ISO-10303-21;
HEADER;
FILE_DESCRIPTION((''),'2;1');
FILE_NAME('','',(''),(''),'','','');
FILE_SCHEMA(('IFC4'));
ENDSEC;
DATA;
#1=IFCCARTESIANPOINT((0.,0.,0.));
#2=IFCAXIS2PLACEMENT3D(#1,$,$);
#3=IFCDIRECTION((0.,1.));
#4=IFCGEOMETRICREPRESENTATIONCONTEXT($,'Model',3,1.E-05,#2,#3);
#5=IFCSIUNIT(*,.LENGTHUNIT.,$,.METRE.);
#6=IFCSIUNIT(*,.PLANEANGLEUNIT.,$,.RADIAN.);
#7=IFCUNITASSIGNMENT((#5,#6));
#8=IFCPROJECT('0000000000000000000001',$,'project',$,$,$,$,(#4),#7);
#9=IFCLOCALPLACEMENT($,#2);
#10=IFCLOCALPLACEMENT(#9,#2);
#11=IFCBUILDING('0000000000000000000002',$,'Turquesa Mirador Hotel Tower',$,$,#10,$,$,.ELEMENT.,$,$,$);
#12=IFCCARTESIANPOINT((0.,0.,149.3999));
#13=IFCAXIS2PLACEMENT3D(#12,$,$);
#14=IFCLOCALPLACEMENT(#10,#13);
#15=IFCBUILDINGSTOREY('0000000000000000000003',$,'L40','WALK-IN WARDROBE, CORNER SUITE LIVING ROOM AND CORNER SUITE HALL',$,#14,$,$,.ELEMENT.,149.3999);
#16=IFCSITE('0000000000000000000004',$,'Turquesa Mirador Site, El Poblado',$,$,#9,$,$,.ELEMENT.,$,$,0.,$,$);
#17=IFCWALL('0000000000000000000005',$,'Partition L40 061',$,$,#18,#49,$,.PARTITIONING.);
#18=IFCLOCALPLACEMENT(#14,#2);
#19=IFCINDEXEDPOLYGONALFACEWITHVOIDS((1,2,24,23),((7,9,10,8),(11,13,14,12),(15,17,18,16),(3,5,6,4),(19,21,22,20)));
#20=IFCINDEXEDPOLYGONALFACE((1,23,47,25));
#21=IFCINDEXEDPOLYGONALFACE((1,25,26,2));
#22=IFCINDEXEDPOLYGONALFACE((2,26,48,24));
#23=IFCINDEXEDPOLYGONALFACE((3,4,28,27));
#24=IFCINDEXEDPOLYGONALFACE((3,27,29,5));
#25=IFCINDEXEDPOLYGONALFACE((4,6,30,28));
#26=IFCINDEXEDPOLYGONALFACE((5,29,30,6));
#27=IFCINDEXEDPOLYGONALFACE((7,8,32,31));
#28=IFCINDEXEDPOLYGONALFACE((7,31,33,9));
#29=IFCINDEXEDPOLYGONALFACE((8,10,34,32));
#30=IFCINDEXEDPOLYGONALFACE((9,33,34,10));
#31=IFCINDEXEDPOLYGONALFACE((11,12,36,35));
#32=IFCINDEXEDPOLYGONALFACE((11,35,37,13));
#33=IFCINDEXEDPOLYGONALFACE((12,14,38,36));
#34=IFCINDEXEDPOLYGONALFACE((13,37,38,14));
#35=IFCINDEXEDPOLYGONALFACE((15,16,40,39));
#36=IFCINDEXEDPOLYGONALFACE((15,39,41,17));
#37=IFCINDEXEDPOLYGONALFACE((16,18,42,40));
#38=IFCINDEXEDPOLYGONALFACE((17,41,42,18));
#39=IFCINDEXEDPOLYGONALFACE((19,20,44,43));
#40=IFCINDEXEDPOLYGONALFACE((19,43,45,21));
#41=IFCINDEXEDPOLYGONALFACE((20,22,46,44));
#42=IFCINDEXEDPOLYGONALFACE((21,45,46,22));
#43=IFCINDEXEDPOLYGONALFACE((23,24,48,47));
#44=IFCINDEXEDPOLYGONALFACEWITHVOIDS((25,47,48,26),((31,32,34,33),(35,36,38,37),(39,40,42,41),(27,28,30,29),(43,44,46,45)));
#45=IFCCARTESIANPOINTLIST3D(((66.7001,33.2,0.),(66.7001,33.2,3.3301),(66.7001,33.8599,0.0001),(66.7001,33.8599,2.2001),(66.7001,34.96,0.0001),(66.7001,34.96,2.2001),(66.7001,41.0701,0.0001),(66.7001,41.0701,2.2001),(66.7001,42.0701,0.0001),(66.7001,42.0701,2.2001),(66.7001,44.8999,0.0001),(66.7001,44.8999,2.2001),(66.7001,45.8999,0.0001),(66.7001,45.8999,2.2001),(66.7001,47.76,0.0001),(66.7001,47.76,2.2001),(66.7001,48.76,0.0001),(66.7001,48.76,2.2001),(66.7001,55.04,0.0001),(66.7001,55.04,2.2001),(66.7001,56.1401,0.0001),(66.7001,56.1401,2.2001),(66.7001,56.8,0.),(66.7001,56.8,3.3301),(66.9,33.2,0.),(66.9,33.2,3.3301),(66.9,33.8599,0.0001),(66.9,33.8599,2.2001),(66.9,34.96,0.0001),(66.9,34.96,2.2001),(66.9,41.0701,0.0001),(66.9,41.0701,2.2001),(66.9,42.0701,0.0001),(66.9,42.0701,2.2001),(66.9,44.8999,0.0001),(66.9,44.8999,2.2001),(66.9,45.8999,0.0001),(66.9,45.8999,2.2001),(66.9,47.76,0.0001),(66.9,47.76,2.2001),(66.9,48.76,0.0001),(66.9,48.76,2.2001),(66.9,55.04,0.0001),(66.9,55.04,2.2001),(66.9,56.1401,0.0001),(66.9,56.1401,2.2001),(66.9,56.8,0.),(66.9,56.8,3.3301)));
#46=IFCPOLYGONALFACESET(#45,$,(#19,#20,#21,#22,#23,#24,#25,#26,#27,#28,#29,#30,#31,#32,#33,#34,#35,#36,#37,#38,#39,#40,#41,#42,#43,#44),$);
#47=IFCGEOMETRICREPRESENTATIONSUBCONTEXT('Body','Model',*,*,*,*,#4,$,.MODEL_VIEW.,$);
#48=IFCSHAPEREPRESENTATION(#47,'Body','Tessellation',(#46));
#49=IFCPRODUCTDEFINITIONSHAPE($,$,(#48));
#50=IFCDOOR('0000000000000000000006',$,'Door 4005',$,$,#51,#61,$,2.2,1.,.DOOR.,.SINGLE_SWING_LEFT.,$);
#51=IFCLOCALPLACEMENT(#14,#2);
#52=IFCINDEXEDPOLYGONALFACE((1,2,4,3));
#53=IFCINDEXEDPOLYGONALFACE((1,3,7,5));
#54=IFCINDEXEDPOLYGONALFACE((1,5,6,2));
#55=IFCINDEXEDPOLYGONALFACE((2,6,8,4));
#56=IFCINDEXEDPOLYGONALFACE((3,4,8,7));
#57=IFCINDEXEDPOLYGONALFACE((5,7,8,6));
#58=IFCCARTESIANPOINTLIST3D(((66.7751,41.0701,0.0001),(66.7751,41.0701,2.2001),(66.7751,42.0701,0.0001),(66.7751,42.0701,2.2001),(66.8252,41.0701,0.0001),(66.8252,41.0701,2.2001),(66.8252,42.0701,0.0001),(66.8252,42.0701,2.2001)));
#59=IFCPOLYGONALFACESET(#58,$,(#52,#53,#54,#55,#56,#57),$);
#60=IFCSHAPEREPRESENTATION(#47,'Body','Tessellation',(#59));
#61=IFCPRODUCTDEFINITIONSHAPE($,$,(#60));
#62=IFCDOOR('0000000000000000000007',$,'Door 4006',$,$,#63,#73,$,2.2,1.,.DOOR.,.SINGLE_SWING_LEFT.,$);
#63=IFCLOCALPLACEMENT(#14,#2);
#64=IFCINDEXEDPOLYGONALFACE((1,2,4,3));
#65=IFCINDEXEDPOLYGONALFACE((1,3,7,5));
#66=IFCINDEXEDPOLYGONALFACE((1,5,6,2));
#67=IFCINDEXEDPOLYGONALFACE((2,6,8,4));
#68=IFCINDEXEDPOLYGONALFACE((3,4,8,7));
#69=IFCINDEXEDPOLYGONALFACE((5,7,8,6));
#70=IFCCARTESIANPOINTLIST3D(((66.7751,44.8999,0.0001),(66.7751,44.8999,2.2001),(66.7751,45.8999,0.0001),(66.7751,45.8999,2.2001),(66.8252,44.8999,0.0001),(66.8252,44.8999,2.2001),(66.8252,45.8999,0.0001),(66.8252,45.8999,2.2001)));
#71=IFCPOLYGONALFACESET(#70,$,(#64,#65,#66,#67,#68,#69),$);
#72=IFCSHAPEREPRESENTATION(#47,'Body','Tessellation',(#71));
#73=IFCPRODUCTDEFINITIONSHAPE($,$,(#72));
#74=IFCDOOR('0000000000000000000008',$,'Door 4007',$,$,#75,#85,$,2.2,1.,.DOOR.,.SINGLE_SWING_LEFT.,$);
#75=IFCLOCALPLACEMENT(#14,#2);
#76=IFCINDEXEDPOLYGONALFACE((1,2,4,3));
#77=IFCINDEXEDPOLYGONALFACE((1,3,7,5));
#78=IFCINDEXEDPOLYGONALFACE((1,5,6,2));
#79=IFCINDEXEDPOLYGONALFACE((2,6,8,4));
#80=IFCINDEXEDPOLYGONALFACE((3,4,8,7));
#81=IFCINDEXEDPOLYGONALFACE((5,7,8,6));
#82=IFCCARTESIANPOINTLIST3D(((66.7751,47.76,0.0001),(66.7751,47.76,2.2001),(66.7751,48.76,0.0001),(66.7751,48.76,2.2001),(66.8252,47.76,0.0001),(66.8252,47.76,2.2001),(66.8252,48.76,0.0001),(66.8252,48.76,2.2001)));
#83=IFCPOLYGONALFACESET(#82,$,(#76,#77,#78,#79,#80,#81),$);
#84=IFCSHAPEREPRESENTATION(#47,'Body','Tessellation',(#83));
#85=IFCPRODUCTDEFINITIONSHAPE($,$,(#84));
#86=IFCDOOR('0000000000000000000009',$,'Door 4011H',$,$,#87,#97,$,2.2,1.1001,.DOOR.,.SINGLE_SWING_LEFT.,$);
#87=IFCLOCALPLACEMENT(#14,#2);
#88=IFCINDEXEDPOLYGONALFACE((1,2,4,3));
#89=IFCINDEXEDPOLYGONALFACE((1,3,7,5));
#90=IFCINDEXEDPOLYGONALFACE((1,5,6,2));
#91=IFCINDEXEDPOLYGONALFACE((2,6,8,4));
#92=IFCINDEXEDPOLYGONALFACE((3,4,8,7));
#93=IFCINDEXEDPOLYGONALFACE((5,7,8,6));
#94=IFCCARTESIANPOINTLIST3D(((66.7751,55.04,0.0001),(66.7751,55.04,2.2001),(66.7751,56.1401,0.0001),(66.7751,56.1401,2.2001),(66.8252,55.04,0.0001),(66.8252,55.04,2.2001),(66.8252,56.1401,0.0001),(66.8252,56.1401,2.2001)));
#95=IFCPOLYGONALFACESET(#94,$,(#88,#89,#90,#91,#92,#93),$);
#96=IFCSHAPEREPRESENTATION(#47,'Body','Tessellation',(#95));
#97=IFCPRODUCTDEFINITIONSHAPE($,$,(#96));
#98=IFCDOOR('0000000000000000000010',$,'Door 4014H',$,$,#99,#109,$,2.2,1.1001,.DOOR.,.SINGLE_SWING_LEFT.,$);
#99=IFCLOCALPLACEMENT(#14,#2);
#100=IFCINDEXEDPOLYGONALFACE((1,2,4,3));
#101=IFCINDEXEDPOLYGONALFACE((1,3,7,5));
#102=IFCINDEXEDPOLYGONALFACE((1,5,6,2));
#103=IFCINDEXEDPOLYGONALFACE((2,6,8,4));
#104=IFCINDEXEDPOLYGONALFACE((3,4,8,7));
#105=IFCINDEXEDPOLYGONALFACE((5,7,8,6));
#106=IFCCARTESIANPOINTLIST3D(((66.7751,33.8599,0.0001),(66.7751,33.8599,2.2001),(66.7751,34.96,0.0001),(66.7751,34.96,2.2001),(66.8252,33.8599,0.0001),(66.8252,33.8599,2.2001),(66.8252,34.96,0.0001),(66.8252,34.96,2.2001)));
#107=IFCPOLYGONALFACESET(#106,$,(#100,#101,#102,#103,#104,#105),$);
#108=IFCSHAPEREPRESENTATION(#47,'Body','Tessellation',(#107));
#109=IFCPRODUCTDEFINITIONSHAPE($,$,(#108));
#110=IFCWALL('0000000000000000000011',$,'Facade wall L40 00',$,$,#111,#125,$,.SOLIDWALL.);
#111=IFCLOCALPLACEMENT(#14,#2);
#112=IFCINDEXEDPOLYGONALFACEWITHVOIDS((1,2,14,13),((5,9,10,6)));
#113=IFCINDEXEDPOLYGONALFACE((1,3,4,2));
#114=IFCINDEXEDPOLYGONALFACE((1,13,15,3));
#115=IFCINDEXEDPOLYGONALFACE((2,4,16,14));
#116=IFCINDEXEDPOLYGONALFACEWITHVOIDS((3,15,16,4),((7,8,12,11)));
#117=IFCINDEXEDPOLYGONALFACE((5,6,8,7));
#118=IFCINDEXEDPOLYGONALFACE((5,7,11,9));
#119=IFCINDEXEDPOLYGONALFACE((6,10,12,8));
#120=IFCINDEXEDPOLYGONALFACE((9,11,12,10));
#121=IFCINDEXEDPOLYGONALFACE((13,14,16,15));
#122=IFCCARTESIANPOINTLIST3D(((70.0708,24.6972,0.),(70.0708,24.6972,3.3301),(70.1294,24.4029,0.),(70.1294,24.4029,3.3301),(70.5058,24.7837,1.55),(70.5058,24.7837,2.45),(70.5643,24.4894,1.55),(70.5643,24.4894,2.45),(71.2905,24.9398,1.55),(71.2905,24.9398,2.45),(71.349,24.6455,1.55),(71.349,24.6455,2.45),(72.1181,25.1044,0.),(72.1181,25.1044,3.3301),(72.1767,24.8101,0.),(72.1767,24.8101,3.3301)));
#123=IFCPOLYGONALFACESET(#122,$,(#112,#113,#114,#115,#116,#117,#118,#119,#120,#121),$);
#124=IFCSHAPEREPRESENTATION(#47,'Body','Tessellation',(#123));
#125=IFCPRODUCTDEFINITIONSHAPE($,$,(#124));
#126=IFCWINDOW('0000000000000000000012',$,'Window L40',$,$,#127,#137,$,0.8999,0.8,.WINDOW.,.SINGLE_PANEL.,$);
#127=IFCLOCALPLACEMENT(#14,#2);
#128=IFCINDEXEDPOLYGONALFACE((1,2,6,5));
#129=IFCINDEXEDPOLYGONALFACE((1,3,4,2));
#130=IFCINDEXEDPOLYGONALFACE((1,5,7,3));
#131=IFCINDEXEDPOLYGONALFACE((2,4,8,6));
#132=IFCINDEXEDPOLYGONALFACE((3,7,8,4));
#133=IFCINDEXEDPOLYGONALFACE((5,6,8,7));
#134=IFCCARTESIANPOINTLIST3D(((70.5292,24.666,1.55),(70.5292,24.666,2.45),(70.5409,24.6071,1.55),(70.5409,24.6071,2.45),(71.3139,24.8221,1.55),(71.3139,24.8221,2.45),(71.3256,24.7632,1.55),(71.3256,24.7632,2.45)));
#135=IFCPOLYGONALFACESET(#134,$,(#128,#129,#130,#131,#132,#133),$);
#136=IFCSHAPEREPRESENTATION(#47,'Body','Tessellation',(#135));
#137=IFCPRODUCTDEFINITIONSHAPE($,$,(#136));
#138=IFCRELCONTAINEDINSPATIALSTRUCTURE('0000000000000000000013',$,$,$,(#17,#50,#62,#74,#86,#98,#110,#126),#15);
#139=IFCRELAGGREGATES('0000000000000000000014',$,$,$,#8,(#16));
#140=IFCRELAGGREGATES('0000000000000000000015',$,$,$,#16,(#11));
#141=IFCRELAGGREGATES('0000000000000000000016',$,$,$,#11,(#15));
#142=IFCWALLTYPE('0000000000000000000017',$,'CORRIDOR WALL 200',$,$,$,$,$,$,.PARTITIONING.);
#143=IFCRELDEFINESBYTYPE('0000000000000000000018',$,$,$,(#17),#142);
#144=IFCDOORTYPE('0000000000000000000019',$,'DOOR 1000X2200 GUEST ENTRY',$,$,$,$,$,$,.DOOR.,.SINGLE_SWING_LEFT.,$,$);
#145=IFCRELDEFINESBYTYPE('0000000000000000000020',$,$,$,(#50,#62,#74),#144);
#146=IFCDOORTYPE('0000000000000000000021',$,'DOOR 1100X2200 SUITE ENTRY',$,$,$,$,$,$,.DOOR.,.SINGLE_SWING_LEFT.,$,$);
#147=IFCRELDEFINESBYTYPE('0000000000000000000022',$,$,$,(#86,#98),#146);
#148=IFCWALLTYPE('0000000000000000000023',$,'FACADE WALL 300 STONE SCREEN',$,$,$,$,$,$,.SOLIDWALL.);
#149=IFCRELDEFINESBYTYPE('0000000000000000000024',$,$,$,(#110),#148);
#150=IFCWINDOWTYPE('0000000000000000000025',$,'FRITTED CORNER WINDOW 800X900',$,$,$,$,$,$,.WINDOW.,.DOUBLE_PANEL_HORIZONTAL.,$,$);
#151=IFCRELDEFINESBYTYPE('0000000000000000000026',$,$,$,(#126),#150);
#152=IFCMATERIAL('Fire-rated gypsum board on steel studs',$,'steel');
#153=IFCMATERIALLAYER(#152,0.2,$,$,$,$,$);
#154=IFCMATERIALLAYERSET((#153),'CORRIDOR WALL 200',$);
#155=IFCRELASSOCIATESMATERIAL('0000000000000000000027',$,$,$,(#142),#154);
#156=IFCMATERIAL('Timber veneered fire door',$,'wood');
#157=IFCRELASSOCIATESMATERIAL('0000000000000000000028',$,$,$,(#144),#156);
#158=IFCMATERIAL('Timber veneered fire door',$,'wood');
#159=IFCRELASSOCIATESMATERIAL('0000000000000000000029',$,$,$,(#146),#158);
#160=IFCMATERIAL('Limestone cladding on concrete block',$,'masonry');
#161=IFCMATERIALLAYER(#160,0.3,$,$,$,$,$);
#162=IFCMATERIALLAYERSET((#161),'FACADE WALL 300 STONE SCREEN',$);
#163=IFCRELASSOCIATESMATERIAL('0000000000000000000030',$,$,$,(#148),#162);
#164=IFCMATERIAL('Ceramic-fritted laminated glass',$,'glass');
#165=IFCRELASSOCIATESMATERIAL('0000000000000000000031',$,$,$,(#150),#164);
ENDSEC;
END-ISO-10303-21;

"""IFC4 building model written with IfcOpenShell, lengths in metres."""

from ifc_helpers import new_model, si_unit, direction, frame, frame_2d, origin, place, context, subcontext, project, spatial, rectangle, extrude, material, layer, layer_set, type_object, element, fill, save


model = new_model("IFC4")

# Units and contexts
model_context = context("Model", 3, precision=1e-05, world=origin(), true_north=direction((0.0, 1.0)))
body_context = subcontext(model_context, "Body", "Model", "MODEL_VIEW")
ifc_project = project(units=[si_unit("LENGTHUNIT", "METRE"), si_unit("PLANEANGLEUNIT", "RADIAN")], contexts=[model_context])

# Site, building, storey
site_placement = place(None, origin())
site = spatial("IfcSite", under=ifc_project, at=site_placement, Name="Turquesa Mirador Site, El Poblado", CompositionType="ELEMENT", RefElevation=0.0)
building_placement = place(site_placement, origin())
building = spatial("IfcBuilding", under=site, at=building_placement, Name="Turquesa Mirador Hotel Tower", CompositionType="ELEMENT")
storey_placement = place(building_placement, frame((0.0, 0.0, 149.3999)))
storey = spatial("IfcBuildingStorey", under=building, at=storey_placement, Name="L40", Description="WALK-IN WARDROBE, CORNER SUITE LIVING ROOM AND CORNER SUITE HALL", CompositionType="ELEMENT", Elevation=149.3999)

# Wall, openings, doors
ifc_material_1 = material(Name="Fire-rated gypsum board on steel studs", Category="steel")
ifc_layer_1 = layer(ifc_material_1, 0.2)
ifc_layer_set_1 = layer_set([ifc_layer_1], Name="CORRIDOR WALL 200")
wall_type_1 = type_object("IfcWallType", Name="CORRIDOR WALL 200", PredefinedType="PARTITIONING", material=ifc_layer_set_1)
wall_1_placement = place(storey_placement, frame((66.8, 33.2, 0.0), z_axis=(0.0, 0.0, 1.0), x_axis=(0.0, 1.0, 0.0)))
wall_1 = element("IfcWall", 1, at=wall_1_placement, inside=storey, type_object=wall_type_1, Name="Partition L40 061", PredefinedType="PARTITIONING", context=body_context, shape_type="SweptSolid", body=[
    extrude(rectangle(XDim=23.6001, YDim=0.2, at=frame_2d((11.8, 0.0))), origin(), (0.0, 0.0, 1.0), 3.3301),
])
opening_1_placement = place(wall_1_placement, frame((7.8701, 0.0, 0.0)))
opening_1 = element("IfcOpeningElement", 2, at=opening_1_placement, cuts=wall_1, PredefinedType="OPENING", context=body_context, shape_type="SweptSolid", body=[
    extrude(rectangle(XDim=1.0, YDim=2.2, at=frame_2d((0.5, 1.1001))), frame((0.0, 0.1099, 0.0), z_axis=(0.0, -1.0, 0.0), x_axis=(1.0, 0.0, 0.0)), (0.0, 0.0, 1.0), 0.22),
])
opening_2_placement = place(wall_1_placement, frame((11.7, 0.0, 0.0)))
opening_2 = element("IfcOpeningElement", 3, at=opening_2_placement, cuts=wall_1, PredefinedType="OPENING", context=body_context, shape_type="SweptSolid", body=[
    extrude(rectangle(XDim=1.0, YDim=2.2, at=frame_2d((0.5, 1.1001))), frame((0.0, 0.1099, 0.0), z_axis=(0.0, -1.0, 0.0), x_axis=(1.0, 0.0, 0.0)), (0.0, 0.0, 1.0), 0.22),
])
opening_3_placement = place(wall_1_placement, frame((14.5601, 0.0, 0.0)))
opening_3 = element("IfcOpeningElement", 4, at=opening_3_placement, cuts=wall_1, PredefinedType="OPENING", context=body_context, shape_type="SweptSolid", body=[
    extrude(rectangle(XDim=1.0, YDim=2.2, at=frame_2d((0.5, 1.1001))), frame((0.0, 0.1099, 0.0), z_axis=(0.0, -1.0, 0.0), x_axis=(1.0, 0.0, 0.0)), (0.0, 0.0, 1.0), 0.22),
])
opening_4_placement = place(wall_1_placement, frame((21.8401, 0.0, 0.0)))
opening_4 = element("IfcOpeningElement", 5, at=opening_4_placement, cuts=wall_1, PredefinedType="OPENING", context=body_context, shape_type="SweptSolid", body=[
    extrude(rectangle(XDim=1.1001, YDim=2.2, at=frame_2d((0.55, 1.1001))), frame((0.0, 0.1099, 0.0), z_axis=(0.0, -1.0, 0.0), x_axis=(1.0, 0.0, 0.0)), (0.0, 0.0, 1.0), 0.22),
])
opening_5_placement = place(wall_1_placement, frame((0.6599, 0.0, 0.0)))
opening_5 = element("IfcOpeningElement", 6, at=opening_5_placement, cuts=wall_1, PredefinedType="OPENING", context=body_context, shape_type="SweptSolid", body=[
    extrude(rectangle(XDim=1.1001, YDim=2.2, at=frame_2d((0.55, 1.1001))), frame((0.0, 0.1099, 0.0), z_axis=(0.0, -1.0, 0.0), x_axis=(1.0, 0.0, 0.0)), (0.0, 0.0, 1.0), 0.22),
])
ifc_material_2 = material(Name="Timber veneered fire door", Category="wood")
door_type_1 = type_object("IfcDoorType", Name="DOOR 1000X2200 GUEST ENTRY", OperationType="SINGLE_SWING_LEFT", PredefinedType="DOOR", material=ifc_material_2)
door_1_placement = place(opening_1_placement, origin())
door_1 = element("IfcDoor", 7, at=door_1_placement, inside=storey, type_object=door_type_1, Name="Door 4005", OperationType="SINGLE_SWING_LEFT", OverallHeight=2.2, OverallWidth=1.0, PredefinedType="DOOR", context=body_context, shape_type="SweptSolid", body=[
    extrude(rectangle(XDim=1.0, YDim=2.2, at=frame_2d((0.5, 1.1001))), frame((0.0, 0.0249, 0.0), z_axis=(0.0, -1.0, 0.0), x_axis=(1.0, 0.0, 0.0)), (0.0, 0.0, 1.0), 0.05),
])
fill(opening_1, door_1)
door_2_placement = place(opening_2_placement, origin())
door_2 = element("IfcDoor", 8, at=door_2_placement, inside=storey, type_object=door_type_1, Name="Door 4006", OperationType="SINGLE_SWING_LEFT", OverallHeight=2.2, OverallWidth=1.0, PredefinedType="DOOR", context=body_context, shape_type="SweptSolid", body=[
    extrude(rectangle(XDim=1.0, YDim=2.2, at=frame_2d((0.5, 1.1001))), frame((0.0, 0.0249, 0.0), z_axis=(0.0, -1.0, 0.0), x_axis=(1.0, 0.0, 0.0)), (0.0, 0.0, 1.0), 0.05),
])
fill(opening_2, door_2)
door_3_placement = place(opening_3_placement, origin())
door_3 = element("IfcDoor", 9, at=door_3_placement, inside=storey, type_object=door_type_1, Name="Door 4007", OperationType="SINGLE_SWING_LEFT", OverallHeight=2.2, OverallWidth=1.0, PredefinedType="DOOR", context=body_context, shape_type="SweptSolid", body=[
    extrude(rectangle(XDim=1.0, YDim=2.2, at=frame_2d((0.5, 1.1001))), frame((0.0, 0.0249, 0.0), z_axis=(0.0, -1.0, 0.0), x_axis=(1.0, 0.0, 0.0)), (0.0, 0.0, 1.0), 0.05),
])
fill(opening_3, door_3)
ifc_material_3 = material(Name="Timber veneered fire door", Category="wood")
door_type_2 = type_object("IfcDoorType", Name="DOOR 1100X2200 SUITE ENTRY", OperationType="SINGLE_SWING_LEFT", PredefinedType="DOOR", material=ifc_material_3)
door_4_placement = place(opening_4_placement, origin())
door_4 = element("IfcDoor", 10, at=door_4_placement, inside=storey, type_object=door_type_2, Name="Door 4011H", OperationType="SINGLE_SWING_LEFT", OverallHeight=2.2, OverallWidth=1.1001, PredefinedType="DOOR", context=body_context, shape_type="SweptSolid", body=[
    extrude(rectangle(XDim=1.1001, YDim=2.2, at=frame_2d((0.55, 1.1001))), frame((0.0, 0.0249, 0.0), z_axis=(0.0, -1.0, 0.0), x_axis=(1.0, 0.0, 0.0)), (0.0, 0.0, 1.0), 0.05),
])
fill(opening_4, door_4)
door_5_placement = place(opening_5_placement, origin())
door_5 = element("IfcDoor", 11, at=door_5_placement, inside=storey, type_object=door_type_2, Name="Door 4014H", OperationType="SINGLE_SWING_LEFT", OverallHeight=2.2, OverallWidth=1.1001, PredefinedType="DOOR", context=body_context, shape_type="SweptSolid", body=[
    extrude(rectangle(XDim=1.1001, YDim=2.2, at=frame_2d((0.55, 1.1001))), frame((0.0, 0.0249, 0.0), z_axis=(0.0, -1.0, 0.0), x_axis=(1.0, 0.0, 0.0)), (0.0, 0.0, 1.0), 0.05),
])
fill(opening_5, door_5)

# Wall, opening, window
ifc_material_4 = material(Name="Limestone cladding on concrete block", Category="masonry")
ifc_layer_2 = layer(ifc_material_4, 0.3)
ifc_layer_set_2 = layer_set([ifc_layer_2], Name="FACADE WALL 300 STONE SCREEN")
wall_type_2 = type_object("IfcWallType", Name="FACADE WALL 300 STONE SCREEN", PredefinedType="SOLIDWALL", material=ifc_layer_set_2)
wall_2_placement = place(storey_placement, frame((70.1001, 24.55, 0.0), z_axis=(0.0, 0.0, 1.0), x_axis=(0.980787, 0.195081, 0.0)))
wall_2 = element("IfcWall", 12, at=wall_2_placement, inside=storey, type_object=wall_type_2, Name="Facade wall L40 00", PredefinedType="SOLIDWALL", context=body_context, shape_type="SweptSolid", body=[
    extrude(rectangle(XDim=2.0874, YDim=0.3, at=frame_2d((1.0437, 0.0))), origin(), (0.0, 0.0, 1.0), 3.3301),
])
opening_6_placement = place(wall_2_placement, frame((0.4436, 0.0, 1.55)))
opening_6 = element("IfcOpeningElement", 13, at=opening_6_placement, cuts=wall_2, PredefinedType="OPENING", context=body_context, shape_type="SweptSolid", body=[
    extrude(rectangle(XDim=0.8, YDim=0.8999, at=frame_2d((0.3999, 0.45))), frame((0.0, 0.1599, 0.0), z_axis=(0.0, -1.0, 0.0), x_axis=(1.0, 0.0, 0.0)), (0.0, 0.0, 1.0), 0.3201),
])
ifc_material_5 = material(Name="Ceramic-fritted laminated glass", Category="glass")
window_type = type_object("IfcWindowType", Name="FRITTED CORNER WINDOW 800X900", PartitioningType="DOUBLE_PANEL_HORIZONTAL", PredefinedType="WINDOW", material=ifc_material_5)
window_placement = place(opening_6_placement, origin())
window = element("IfcWindow", 14, at=window_placement, inside=storey, type_object=window_type, Name="Window L40", OverallHeight=0.8999, OverallWidth=0.8, PartitioningType="SINGLE_PANEL", PredefinedType="WINDOW", context=body_context, shape_type="SweptSolid", body=[
    extrude(rectangle(XDim=0.8, YDim=0.8999, at=frame_2d((0.3999, 0.45))), frame((0.0, 0.03, 0.0), z_axis=(0.0, -1.0, 0.0), x_axis=(1.0, 0.0, 0.0)), (0.0, 0.0, 1.0), 0.0601),
])
fill(opening_6, window)

save(model, "model.ifc")
